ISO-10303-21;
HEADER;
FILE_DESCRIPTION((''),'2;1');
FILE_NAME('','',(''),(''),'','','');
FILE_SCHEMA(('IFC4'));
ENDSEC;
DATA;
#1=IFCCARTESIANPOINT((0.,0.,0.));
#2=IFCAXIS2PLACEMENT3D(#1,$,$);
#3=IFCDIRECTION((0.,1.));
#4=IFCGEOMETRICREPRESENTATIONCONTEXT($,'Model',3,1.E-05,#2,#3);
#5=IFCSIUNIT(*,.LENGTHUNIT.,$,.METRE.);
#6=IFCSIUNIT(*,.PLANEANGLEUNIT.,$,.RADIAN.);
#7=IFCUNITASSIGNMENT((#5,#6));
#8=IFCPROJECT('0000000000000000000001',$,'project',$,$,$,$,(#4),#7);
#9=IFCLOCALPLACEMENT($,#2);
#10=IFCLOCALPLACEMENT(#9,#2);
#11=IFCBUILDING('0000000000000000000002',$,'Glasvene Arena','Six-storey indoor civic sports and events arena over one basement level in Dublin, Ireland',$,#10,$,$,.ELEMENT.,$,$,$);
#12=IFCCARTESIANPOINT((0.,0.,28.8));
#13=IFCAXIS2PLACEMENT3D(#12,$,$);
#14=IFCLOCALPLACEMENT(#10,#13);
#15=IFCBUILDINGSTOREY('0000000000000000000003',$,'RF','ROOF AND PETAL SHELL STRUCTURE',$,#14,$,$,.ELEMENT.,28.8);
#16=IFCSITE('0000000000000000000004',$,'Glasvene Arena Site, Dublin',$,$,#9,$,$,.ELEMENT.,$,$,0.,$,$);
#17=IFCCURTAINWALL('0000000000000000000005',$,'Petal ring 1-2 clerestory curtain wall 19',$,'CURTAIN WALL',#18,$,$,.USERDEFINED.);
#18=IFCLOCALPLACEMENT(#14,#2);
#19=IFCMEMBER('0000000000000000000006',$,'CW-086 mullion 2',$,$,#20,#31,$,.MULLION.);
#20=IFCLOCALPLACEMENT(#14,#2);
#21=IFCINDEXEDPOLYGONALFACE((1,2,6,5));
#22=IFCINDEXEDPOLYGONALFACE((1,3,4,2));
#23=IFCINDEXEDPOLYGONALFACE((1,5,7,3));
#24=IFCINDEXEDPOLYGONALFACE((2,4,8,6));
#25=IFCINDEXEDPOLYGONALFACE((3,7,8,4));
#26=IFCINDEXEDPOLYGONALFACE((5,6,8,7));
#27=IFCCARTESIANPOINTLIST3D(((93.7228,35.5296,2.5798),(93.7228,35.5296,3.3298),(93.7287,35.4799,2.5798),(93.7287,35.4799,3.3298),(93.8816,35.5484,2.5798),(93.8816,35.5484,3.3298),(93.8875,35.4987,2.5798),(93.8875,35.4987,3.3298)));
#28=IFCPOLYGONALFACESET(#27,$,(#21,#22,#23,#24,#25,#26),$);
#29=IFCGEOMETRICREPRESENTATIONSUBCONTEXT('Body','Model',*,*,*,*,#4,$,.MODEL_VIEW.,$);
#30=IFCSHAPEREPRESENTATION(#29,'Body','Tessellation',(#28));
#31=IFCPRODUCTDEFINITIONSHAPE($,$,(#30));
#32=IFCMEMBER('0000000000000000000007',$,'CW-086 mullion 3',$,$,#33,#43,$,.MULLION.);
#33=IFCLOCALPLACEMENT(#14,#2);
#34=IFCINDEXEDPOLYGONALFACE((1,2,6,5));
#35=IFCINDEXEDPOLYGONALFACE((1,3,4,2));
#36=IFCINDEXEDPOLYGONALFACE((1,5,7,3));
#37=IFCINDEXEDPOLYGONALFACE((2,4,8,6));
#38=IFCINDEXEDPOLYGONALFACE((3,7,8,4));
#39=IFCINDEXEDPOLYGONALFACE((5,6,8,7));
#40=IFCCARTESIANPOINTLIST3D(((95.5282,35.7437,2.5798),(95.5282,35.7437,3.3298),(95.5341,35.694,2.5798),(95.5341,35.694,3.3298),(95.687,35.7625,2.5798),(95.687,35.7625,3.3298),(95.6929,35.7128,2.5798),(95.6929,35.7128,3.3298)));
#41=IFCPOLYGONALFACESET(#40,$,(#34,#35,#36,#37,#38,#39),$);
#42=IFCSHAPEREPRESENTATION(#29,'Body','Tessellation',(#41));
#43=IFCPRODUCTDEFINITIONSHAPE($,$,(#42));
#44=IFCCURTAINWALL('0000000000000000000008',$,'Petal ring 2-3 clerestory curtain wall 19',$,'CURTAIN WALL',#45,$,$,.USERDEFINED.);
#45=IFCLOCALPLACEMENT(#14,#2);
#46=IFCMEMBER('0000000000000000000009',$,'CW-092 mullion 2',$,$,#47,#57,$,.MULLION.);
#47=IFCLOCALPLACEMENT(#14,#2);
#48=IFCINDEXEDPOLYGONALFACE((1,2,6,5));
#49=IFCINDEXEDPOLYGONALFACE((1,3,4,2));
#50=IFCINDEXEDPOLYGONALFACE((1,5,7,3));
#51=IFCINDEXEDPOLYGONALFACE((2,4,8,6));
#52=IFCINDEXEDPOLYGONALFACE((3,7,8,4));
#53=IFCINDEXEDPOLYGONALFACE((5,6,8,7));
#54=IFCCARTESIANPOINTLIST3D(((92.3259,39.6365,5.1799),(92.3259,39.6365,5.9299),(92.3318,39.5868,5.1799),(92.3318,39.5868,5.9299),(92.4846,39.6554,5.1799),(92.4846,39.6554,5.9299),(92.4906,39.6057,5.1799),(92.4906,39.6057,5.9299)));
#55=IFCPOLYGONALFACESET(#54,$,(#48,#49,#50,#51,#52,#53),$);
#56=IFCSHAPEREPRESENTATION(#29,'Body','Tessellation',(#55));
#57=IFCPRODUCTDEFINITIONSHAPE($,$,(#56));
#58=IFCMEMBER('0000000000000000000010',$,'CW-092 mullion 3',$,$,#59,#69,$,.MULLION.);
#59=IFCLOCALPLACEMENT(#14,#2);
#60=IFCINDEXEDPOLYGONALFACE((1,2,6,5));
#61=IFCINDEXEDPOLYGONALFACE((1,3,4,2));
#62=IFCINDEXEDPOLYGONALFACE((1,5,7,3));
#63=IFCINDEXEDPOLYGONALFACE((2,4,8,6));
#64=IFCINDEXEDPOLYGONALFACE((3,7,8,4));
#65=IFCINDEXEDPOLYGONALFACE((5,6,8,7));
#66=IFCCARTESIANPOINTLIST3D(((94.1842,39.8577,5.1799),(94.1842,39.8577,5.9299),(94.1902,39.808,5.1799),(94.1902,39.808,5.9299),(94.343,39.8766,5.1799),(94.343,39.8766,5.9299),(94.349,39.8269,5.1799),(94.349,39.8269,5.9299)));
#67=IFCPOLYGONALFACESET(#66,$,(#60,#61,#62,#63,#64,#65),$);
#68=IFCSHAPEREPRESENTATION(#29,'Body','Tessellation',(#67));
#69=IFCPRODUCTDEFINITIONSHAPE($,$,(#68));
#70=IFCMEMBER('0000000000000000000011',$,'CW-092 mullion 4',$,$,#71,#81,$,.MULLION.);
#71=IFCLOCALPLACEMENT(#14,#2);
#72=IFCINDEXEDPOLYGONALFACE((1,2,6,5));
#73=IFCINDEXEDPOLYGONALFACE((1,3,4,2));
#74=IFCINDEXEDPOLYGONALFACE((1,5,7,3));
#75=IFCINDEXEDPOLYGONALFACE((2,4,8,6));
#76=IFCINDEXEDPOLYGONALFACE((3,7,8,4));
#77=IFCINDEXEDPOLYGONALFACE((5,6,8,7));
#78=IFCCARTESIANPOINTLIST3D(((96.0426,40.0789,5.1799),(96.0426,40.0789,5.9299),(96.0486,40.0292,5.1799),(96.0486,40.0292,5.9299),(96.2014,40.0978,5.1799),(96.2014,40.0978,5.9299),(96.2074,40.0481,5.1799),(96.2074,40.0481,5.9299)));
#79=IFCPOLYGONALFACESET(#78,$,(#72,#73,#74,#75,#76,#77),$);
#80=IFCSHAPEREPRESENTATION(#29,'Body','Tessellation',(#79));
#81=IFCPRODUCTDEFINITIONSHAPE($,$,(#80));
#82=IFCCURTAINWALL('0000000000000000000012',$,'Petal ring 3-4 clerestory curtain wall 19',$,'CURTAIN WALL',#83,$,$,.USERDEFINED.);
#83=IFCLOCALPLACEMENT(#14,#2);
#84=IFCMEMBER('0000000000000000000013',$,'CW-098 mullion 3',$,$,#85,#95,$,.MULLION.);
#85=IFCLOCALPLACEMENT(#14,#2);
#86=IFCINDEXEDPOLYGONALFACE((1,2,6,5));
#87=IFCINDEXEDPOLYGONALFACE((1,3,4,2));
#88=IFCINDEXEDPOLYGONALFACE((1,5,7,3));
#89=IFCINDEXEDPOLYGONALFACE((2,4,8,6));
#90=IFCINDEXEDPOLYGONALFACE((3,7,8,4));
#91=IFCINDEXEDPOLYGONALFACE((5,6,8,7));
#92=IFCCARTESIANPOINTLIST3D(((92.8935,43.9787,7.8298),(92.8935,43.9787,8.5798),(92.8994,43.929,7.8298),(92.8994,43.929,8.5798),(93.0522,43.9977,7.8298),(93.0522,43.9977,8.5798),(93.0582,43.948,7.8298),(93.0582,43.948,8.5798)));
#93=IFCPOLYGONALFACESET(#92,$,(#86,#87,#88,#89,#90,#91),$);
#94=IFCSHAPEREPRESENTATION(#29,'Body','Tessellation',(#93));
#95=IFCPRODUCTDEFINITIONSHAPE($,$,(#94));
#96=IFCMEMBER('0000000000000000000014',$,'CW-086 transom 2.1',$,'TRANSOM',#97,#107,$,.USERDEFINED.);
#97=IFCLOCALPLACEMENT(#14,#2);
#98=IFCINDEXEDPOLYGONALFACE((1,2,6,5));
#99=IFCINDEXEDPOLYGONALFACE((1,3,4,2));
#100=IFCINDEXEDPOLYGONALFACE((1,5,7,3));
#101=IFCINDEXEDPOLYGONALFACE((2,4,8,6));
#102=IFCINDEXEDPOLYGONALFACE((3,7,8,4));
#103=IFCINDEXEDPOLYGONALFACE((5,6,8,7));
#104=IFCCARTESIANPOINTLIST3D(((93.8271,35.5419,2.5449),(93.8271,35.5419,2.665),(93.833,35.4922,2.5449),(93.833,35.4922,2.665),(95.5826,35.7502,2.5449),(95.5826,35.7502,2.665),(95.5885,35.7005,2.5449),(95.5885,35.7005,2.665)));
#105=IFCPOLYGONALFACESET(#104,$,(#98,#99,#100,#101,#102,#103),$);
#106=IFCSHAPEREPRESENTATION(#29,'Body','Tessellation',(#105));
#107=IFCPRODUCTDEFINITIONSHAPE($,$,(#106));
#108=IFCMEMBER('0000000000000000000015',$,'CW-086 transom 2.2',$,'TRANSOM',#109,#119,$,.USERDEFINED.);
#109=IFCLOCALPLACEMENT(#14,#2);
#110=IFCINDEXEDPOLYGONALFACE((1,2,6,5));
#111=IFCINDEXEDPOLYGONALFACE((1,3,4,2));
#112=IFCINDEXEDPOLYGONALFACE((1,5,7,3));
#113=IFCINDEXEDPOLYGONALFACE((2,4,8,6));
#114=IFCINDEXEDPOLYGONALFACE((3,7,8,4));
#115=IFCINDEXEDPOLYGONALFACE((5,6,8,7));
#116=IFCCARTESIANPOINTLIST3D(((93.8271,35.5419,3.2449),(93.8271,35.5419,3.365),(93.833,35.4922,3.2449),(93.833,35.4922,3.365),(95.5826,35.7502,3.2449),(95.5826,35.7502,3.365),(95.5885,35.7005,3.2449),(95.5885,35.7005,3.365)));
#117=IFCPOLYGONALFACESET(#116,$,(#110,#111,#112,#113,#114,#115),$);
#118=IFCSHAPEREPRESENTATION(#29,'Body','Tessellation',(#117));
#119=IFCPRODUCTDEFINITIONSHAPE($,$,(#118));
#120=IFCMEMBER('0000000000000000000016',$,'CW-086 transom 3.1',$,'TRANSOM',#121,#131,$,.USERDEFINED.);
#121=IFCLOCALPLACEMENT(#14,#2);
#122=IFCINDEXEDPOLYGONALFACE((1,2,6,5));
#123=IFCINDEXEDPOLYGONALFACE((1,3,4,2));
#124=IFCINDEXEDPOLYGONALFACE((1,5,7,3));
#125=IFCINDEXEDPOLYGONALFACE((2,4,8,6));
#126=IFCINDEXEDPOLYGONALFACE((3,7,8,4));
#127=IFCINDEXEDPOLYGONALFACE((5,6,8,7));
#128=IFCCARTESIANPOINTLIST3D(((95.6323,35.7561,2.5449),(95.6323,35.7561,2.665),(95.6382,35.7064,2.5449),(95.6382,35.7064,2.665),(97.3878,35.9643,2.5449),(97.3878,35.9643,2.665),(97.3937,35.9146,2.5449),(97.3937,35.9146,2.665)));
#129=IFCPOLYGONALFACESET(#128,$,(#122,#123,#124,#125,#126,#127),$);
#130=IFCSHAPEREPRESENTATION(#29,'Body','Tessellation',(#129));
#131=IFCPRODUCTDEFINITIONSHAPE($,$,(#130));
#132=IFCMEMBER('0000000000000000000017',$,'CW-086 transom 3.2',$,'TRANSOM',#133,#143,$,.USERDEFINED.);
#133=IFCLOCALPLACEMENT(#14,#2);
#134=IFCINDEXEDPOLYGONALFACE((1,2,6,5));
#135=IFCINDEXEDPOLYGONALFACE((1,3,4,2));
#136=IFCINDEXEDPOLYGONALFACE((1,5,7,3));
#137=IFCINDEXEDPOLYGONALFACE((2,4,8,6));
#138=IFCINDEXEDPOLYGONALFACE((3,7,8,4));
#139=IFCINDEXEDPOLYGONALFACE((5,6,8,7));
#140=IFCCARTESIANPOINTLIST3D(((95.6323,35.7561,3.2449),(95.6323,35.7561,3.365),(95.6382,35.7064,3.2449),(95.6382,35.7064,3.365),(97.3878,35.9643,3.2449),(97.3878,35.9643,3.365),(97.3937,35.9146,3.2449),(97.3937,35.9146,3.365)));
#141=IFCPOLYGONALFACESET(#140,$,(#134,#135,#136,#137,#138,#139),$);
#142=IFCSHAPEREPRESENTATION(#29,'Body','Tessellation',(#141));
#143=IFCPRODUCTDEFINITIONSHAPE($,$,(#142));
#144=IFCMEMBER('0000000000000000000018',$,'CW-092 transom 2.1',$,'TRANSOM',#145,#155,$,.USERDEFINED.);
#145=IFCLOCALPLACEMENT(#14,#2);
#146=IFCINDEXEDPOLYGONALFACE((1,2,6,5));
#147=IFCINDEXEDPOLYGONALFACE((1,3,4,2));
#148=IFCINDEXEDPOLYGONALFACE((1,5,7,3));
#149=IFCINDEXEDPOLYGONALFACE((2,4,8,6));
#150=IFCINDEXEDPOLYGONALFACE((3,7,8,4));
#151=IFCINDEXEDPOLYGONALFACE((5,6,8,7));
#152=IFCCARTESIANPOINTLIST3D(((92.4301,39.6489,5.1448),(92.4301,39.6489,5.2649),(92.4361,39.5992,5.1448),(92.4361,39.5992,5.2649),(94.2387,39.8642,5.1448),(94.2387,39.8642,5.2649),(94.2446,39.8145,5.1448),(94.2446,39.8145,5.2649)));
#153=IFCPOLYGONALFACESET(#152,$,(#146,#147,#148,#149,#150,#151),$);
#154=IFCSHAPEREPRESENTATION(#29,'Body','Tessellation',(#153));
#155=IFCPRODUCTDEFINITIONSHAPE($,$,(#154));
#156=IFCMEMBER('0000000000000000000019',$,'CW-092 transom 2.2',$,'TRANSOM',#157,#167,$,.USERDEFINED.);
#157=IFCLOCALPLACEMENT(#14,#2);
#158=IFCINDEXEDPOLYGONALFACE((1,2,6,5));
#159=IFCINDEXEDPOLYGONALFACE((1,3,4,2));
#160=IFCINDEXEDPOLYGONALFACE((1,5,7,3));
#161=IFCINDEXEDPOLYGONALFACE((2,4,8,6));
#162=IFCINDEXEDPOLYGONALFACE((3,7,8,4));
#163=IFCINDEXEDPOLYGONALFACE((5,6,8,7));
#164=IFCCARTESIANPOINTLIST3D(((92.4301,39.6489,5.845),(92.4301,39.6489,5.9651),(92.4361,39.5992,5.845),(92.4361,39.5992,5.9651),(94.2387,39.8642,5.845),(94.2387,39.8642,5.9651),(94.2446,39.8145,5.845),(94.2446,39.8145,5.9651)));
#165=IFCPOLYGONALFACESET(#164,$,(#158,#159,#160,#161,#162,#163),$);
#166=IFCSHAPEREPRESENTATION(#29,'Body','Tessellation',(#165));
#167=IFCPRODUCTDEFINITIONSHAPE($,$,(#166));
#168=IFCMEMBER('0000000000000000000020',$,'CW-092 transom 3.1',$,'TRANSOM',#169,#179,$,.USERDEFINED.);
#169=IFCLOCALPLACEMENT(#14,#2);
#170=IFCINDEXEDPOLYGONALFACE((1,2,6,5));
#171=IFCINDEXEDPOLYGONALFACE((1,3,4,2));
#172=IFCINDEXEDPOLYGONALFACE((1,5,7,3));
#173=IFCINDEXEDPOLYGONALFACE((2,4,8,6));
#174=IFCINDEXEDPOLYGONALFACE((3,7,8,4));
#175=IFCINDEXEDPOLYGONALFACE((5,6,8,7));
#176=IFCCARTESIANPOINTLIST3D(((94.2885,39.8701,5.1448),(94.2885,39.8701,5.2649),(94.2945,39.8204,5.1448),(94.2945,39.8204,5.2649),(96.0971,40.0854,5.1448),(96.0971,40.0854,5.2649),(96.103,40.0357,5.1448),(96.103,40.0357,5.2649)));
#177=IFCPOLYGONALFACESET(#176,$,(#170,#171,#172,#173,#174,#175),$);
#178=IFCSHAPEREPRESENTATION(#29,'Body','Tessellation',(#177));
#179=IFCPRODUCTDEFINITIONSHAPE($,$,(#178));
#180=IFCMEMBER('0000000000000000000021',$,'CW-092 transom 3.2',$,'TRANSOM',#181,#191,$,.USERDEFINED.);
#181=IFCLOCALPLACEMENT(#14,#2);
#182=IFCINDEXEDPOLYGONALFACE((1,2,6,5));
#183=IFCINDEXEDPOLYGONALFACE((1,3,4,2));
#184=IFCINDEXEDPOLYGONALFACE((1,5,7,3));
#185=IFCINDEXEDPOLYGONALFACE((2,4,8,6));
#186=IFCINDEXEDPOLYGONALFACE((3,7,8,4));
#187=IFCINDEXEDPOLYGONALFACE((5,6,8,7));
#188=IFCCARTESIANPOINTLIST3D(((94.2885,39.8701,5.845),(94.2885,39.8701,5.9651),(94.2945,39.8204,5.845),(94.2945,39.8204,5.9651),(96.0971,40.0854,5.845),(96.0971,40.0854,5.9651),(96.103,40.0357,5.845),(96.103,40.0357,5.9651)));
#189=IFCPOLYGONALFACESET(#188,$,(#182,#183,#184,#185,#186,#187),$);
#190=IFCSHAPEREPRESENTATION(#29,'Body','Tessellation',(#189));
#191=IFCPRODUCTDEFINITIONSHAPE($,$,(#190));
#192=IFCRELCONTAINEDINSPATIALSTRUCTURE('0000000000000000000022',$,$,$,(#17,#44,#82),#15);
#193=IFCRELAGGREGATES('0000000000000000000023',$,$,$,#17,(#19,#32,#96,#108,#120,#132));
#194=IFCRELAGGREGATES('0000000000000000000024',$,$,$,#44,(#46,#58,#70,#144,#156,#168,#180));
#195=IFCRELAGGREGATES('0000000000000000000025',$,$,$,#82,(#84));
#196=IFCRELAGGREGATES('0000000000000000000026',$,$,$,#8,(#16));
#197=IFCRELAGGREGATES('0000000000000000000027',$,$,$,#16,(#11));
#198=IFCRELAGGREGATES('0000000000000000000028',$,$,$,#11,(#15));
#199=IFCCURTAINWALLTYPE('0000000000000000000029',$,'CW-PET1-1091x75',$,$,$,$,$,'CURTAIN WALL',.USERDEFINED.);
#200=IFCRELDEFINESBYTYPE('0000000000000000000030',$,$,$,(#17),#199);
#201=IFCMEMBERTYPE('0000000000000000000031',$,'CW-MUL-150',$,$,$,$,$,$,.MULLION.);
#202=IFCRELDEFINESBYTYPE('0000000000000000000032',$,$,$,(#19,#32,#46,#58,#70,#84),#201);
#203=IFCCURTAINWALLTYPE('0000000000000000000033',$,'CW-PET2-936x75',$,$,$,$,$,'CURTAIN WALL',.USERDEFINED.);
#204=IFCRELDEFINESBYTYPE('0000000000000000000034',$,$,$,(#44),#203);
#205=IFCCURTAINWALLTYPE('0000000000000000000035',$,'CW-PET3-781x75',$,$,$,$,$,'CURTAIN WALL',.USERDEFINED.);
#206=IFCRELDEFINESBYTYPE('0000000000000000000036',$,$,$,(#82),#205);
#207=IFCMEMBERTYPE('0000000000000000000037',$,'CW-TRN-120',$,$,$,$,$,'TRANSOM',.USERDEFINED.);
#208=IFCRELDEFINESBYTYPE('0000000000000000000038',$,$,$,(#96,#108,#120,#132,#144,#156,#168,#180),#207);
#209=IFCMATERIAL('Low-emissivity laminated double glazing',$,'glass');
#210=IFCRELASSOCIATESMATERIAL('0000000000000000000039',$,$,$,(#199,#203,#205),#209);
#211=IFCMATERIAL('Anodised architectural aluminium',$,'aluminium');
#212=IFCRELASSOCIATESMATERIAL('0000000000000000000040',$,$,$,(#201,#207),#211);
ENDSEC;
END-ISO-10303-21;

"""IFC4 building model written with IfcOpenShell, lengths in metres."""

from ifc_helpers import new_model, si_unit, direction, frame, origin, origin_2d, place, context, subcontext, project, spatial, rectangle, extrude, material, material_profile, profile_set, type_object, element, aggregate, save


model = new_model("IFC4")

# Units and contexts
model_context = context("Model", 3, precision=1e-05, world=origin(), true_north=direction((0.0, 1.0)))
body_context = subcontext(model_context, "Body", "Model", "MODEL_VIEW")
ifc_project = project(units=[si_unit("LENGTHUNIT", "METRE"), si_unit("PLANEANGLEUNIT", "RADIAN")], contexts=[model_context])

# Site, building, storey
site_placement = place(None, origin())
site = spatial("IfcSite", under=ifc_project, at=site_placement, Name="Glasvene Arena Site, Dublin", CompositionType="ELEMENT", RefElevation=0.0)
building_placement = place(site_placement, origin())
building = spatial("IfcBuilding", under=site, at=building_placement, Name="Glasvene Arena", Description="Six-storey indoor civic sports and events arena over one basement level in Dublin, Ireland", CompositionType="ELEMENT")
storey_placement = place(building_placement, frame((0.0, 0.0, 28.8)))
storey = spatial("IfcBuildingStorey", under=building, at=storey_placement, Name="RF", Description="ROOF AND PETAL SHELL STRUCTURE", CompositionType="ELEMENT", Elevation=28.8)

# Curtain walls, members
ifc_material_1 = material(Name="Low-emissivity laminated double glazing", Category="glass")
curtain_wall_type_1 = type_object("IfcCurtainWallType", Name="CW-PET1-1091x75", ElementType="CURTAIN WALL", PredefinedType="USERDEFINED", material=ifc_material_1)
curtain_wall_1_placement = place(storey_placement, frame((92.0, 35.3, 0.0)))
curtain_wall_1 = element("IfcCurtainWall", 1, at=curtain_wall_1_placement, inside=storey, type_object=curtain_wall_type_1, Name="Petal ring 1-2 clerestory curtain wall 19", ObjectType="CURTAIN WALL", PredefinedType="USERDEFINED")
ifc_material_2 = material(Name="Anodised architectural aluminium", Category="aluminium")
ifc_material_profile_1 = material_profile(ifc_material_2, rectangle(XDim=0.05, YDim=0.1599, at=origin_2d()), Name="ALU MULLION 50x160")
ifc_profile_set_1 = profile_set([ifc_material_profile_1], Name="Anodised architectural aluminium")
member_type_1 = type_object("IfcMemberType", Name="CW-MUL-150", PredefinedType="MULLION", material=ifc_profile_set_1)
member_1_placement = place(storey_placement, frame((93.8052, 35.5142, 2.5798), z_axis=(0.0, 0.0, 1.0), x_axis=(-0.117772, 0.993041, 0.0)))
member_1 = element("IfcMember", 2, at=member_1_placement, type_object=member_type_1, Name="CW-086 mullion 2", PredefinedType="MULLION", context=body_context, shape_type="SweptSolid", body=[
    extrude(rectangle(XDim=0.05, YDim=0.1599, at=origin_2d()), origin(), (0.0, 0.0, 1.0), 0.75),
])
member_2_placement = place(storey_placement, frame((95.6106, 35.7283, 2.5798), z_axis=(0.0, 0.0, 1.0), x_axis=(-0.117772, 0.993041, 0.0)))
member_2 = element("IfcMember", 3, at=member_2_placement, type_object=member_type_1, Name="CW-086 mullion 3", PredefinedType="MULLION", context=body_context, shape_type="SweptSolid", body=[
    extrude(rectangle(XDim=0.05, YDim=0.1599, at=origin_2d()), origin(), (0.0, 0.0, 1.0), 0.75),
])
curtain_wall_type_2 = type_object("IfcCurtainWallType", Name="CW-PET2-936x75", ElementType="CURTAIN WALL", PredefinedType="USERDEFINED", material=ifc_material_1)
curtain_wall_2_placement = place(storey_placement, frame((90.55, 39.3999, 0.0)))
curtain_wall_2 = element("IfcCurtainWall", 4, at=curtain_wall_2_placement, inside=storey, type_object=curtain_wall_type_2, Name="Petal ring 2-3 clerestory curtain wall 19", ObjectType="CURTAIN WALL", PredefinedType="USERDEFINED")
member_3_placement = place(storey_placement, frame((92.4082, 39.6211, 5.1799), z_axis=(0.0, 0.0, 1.0), x_axis=(-0.118166, 0.992994, 0.0)))
member_3 = element("IfcMember", 5, at=member_3_placement, type_object=member_type_1, Name="CW-092 mullion 2", PredefinedType="MULLION", context=body_context, shape_type="SweptSolid", body=[
    extrude(rectangle(XDim=0.05, YDim=0.1599, at=origin_2d()), origin(), (0.0, 0.0, 1.0), 0.75),
])
member_4_placement = place(storey_placement, frame((94.2666, 39.8423, 5.1799), z_axis=(0.0, 0.0, 1.0), x_axis=(-0.118166, 0.992994, 0.0)))
member_4 = element("IfcMember", 6, at=member_4_placement, type_object=member_type_1, Name="CW-092 mullion 3", PredefinedType="MULLION", context=body_context, shape_type="SweptSolid", body=[
    extrude(rectangle(XDim=0.05, YDim=0.1599, at=origin_2d()), origin(), (0.0, 0.0, 1.0), 0.75),
])
member_5_placement = place(storey_placement, frame((96.125, 40.0635, 5.1799), z_axis=(0.0, 0.0, 1.0), x_axis=(-0.118166, 0.992994, 0.0)))
member_5 = element("IfcMember", 7, at=member_5_placement, type_object=member_type_1, Name="CW-092 mullion 4", PredefinedType="MULLION", context=body_context, shape_type="SweptSolid", body=[
    extrude(rectangle(XDim=0.05, YDim=0.1599, at=origin_2d()), origin(), (0.0, 0.0, 1.0), 0.75),
])

# Curtain wall, member
curtain_wall_type_3 = type_object("IfcCurtainWallType", Name="CW-PET3-781x75", ElementType="CURTAIN WALL", PredefinedType="USERDEFINED", material=ifc_material_1)
curtain_wall_3_placement = place(storey_placement, frame((89.1001, 43.5, 0.0)))
curtain_wall_3 = element("IfcCurtainWall", 8, at=curtain_wall_3_placement, inside=storey, type_object=curtain_wall_type_3, Name="Petal ring 3-4 clerestory curtain wall 19", ObjectType="CURTAIN WALL", PredefinedType="USERDEFINED")
member_6_placement = place(storey_placement, frame((92.9758, 43.9634, 7.8298), z_axis=(0.0, 0.0, 1.0), x_axis=(-0.118717, 0.992928, 0.0)))
member_6 = element("IfcMember", 9, at=member_6_placement, type_object=member_type_1, Name="CW-098 mullion 3", PredefinedType="MULLION", context=body_context, shape_type="SweptSolid", body=[
    extrude(rectangle(XDim=0.05, YDim=0.1599, at=origin_2d()), origin(), (0.0, 0.0, 1.0), 0.75),
])

# Members
ifc_material_profile_2 = material_profile(ifc_material_2, rectangle(XDim=0.05, YDim=0.1201, at=origin_2d()), Name="ALU TRANSOM 50x120")
ifc_profile_set_2 = profile_set([ifc_material_profile_2], Name="Anodised architectural aluminium")
member_type_2 = type_object("IfcMemberType", Name="CW-TRN-120", ElementType="TRANSOM", PredefinedType="USERDEFINED", material=ifc_profile_set_2)
member_7_placement = place(storey_placement, frame((93.8301, 35.5171, 2.605), z_axis=(0.993038, 0.117795, 0.0), x_axis=(-0.117795, 0.993038, 0.0)))
member_7 = element("IfcMember", 10, at=member_7_placement, type_object=member_type_2, Name="CW-086 transom 2.1", ObjectType="TRANSOM", PredefinedType="USERDEFINED", context=body_context, shape_type="SweptSolid", body=[
    extrude(rectangle(XDim=0.05, YDim=0.1201, at=origin_2d()), origin(), (0.0, 0.0, 1.0), 1.7678),
])
member_8_placement = place(storey_placement, frame((93.8301, 35.5171, 3.3049), z_axis=(0.993038, 0.117795, 0.0), x_axis=(-0.117795, 0.993038, 0.0)))
member_8 = element("IfcMember", 11, at=member_8_placement, type_object=member_type_2, Name="CW-086 transom 2.2", ObjectType="TRANSOM", PredefinedType="USERDEFINED", context=body_context, shape_type="SweptSolid", body=[
    extrude(rectangle(XDim=0.05, YDim=0.1201, at=origin_2d()), origin(), (0.0, 0.0, 1.0), 1.7678),
])
member_9_placement = place(storey_placement, frame((95.6353, 35.7312, 2.605), z_axis=(0.993038, 0.117795, 0.0), x_axis=(-0.117795, 0.993038, 0.0)))
member_9 = element("IfcMember", 12, at=member_9_placement, type_object=member_type_2, Name="CW-086 transom 3.1", ObjectType="TRANSOM", PredefinedType="USERDEFINED", context=body_context, shape_type="SweptSolid", body=[
    extrude(rectangle(XDim=0.05, YDim=0.1201, at=origin_2d()), origin(), (0.0, 0.0, 1.0), 1.7678),
])
member_10_placement = place(storey_placement, frame((95.6353, 35.7312, 3.3049), z_axis=(0.993038, 0.117795, 0.0), x_axis=(-0.117795, 0.993038, 0.0)))
member_10 = element("IfcMember", 13, at=member_10_placement, type_object=member_type_2, Name="CW-086 transom 3.2", ObjectType="TRANSOM", PredefinedType="USERDEFINED", context=body_context, shape_type="SweptSolid", body=[
    extrude(rectangle(XDim=0.05, YDim=0.1201, at=origin_2d()), origin(), (0.0, 0.0, 1.0), 1.7678),
])
member_11_placement = place(storey_placement, frame((92.4331, 39.624, 5.2048), z_axis=(0.992987, 0.118225, 0.0), x_axis=(-0.118225, 0.992987, 0.0)))
member_11 = element("IfcMember", 14, at=member_11_placement, type_object=member_type_2, Name="CW-092 transom 2.1", ObjectType="TRANSOM", PredefinedType="USERDEFINED", context=body_context, shape_type="SweptSolid", body=[
    extrude(rectangle(XDim=0.05, YDim=0.1201, at=origin_2d()), origin(), (0.0, 0.0, 1.0), 1.8213),
])
member_12_placement = place(storey_placement, frame((92.4331, 39.624, 5.905), z_axis=(0.992987, 0.118225, 0.0), x_axis=(-0.118225, 0.992987, 0.0)))
member_12 = element("IfcMember", 15, at=member_12_placement, type_object=member_type_2, Name="CW-092 transom 2.2", ObjectType="TRANSOM", PredefinedType="USERDEFINED", context=body_context, shape_type="SweptSolid", body=[
    extrude(rectangle(XDim=0.05, YDim=0.1201, at=origin_2d()), origin(), (0.0, 0.0, 1.0), 1.8213),
])
member_13_placement = place(storey_placement, frame((94.2915, 39.8452, 5.2048), z_axis=(0.992987, 0.118225, 0.0), x_axis=(-0.118225, 0.992987, 0.0)))
member_13 = element("IfcMember", 16, at=member_13_placement, type_object=member_type_2, Name="CW-092 transom 3.1", ObjectType="TRANSOM", PredefinedType="USERDEFINED", context=body_context, shape_type="SweptSolid", body=[
    extrude(rectangle(XDim=0.05, YDim=0.1201, at=origin_2d()), origin(), (0.0, 0.0, 1.0), 1.8213),
])
member_14_placement = place(storey_placement, frame((94.2915, 39.8452, 5.905), z_axis=(0.992987, 0.118225, 0.0), x_axis=(-0.118225, 0.992987, 0.0)))
member_14 = element("IfcMember", 17, at=member_14_placement, type_object=member_type_2, Name="CW-092 transom 3.2", ObjectType="TRANSOM", PredefinedType="USERDEFINED", context=body_context, shape_type="SweptSolid", body=[
    extrude(rectangle(XDim=0.05, YDim=0.1201, at=origin_2d()), origin(), (0.0, 0.0, 1.0), 1.8213),
])

aggregate(curtain_wall_1, [member_1, member_2, member_7, member_8, member_9, member_10])
aggregate(curtain_wall_2, [member_3, member_4, member_5, member_11, member_12, member_13, member_14])
aggregate(curtain_wall_3, [member_6])

save(model, "model.ifc")
